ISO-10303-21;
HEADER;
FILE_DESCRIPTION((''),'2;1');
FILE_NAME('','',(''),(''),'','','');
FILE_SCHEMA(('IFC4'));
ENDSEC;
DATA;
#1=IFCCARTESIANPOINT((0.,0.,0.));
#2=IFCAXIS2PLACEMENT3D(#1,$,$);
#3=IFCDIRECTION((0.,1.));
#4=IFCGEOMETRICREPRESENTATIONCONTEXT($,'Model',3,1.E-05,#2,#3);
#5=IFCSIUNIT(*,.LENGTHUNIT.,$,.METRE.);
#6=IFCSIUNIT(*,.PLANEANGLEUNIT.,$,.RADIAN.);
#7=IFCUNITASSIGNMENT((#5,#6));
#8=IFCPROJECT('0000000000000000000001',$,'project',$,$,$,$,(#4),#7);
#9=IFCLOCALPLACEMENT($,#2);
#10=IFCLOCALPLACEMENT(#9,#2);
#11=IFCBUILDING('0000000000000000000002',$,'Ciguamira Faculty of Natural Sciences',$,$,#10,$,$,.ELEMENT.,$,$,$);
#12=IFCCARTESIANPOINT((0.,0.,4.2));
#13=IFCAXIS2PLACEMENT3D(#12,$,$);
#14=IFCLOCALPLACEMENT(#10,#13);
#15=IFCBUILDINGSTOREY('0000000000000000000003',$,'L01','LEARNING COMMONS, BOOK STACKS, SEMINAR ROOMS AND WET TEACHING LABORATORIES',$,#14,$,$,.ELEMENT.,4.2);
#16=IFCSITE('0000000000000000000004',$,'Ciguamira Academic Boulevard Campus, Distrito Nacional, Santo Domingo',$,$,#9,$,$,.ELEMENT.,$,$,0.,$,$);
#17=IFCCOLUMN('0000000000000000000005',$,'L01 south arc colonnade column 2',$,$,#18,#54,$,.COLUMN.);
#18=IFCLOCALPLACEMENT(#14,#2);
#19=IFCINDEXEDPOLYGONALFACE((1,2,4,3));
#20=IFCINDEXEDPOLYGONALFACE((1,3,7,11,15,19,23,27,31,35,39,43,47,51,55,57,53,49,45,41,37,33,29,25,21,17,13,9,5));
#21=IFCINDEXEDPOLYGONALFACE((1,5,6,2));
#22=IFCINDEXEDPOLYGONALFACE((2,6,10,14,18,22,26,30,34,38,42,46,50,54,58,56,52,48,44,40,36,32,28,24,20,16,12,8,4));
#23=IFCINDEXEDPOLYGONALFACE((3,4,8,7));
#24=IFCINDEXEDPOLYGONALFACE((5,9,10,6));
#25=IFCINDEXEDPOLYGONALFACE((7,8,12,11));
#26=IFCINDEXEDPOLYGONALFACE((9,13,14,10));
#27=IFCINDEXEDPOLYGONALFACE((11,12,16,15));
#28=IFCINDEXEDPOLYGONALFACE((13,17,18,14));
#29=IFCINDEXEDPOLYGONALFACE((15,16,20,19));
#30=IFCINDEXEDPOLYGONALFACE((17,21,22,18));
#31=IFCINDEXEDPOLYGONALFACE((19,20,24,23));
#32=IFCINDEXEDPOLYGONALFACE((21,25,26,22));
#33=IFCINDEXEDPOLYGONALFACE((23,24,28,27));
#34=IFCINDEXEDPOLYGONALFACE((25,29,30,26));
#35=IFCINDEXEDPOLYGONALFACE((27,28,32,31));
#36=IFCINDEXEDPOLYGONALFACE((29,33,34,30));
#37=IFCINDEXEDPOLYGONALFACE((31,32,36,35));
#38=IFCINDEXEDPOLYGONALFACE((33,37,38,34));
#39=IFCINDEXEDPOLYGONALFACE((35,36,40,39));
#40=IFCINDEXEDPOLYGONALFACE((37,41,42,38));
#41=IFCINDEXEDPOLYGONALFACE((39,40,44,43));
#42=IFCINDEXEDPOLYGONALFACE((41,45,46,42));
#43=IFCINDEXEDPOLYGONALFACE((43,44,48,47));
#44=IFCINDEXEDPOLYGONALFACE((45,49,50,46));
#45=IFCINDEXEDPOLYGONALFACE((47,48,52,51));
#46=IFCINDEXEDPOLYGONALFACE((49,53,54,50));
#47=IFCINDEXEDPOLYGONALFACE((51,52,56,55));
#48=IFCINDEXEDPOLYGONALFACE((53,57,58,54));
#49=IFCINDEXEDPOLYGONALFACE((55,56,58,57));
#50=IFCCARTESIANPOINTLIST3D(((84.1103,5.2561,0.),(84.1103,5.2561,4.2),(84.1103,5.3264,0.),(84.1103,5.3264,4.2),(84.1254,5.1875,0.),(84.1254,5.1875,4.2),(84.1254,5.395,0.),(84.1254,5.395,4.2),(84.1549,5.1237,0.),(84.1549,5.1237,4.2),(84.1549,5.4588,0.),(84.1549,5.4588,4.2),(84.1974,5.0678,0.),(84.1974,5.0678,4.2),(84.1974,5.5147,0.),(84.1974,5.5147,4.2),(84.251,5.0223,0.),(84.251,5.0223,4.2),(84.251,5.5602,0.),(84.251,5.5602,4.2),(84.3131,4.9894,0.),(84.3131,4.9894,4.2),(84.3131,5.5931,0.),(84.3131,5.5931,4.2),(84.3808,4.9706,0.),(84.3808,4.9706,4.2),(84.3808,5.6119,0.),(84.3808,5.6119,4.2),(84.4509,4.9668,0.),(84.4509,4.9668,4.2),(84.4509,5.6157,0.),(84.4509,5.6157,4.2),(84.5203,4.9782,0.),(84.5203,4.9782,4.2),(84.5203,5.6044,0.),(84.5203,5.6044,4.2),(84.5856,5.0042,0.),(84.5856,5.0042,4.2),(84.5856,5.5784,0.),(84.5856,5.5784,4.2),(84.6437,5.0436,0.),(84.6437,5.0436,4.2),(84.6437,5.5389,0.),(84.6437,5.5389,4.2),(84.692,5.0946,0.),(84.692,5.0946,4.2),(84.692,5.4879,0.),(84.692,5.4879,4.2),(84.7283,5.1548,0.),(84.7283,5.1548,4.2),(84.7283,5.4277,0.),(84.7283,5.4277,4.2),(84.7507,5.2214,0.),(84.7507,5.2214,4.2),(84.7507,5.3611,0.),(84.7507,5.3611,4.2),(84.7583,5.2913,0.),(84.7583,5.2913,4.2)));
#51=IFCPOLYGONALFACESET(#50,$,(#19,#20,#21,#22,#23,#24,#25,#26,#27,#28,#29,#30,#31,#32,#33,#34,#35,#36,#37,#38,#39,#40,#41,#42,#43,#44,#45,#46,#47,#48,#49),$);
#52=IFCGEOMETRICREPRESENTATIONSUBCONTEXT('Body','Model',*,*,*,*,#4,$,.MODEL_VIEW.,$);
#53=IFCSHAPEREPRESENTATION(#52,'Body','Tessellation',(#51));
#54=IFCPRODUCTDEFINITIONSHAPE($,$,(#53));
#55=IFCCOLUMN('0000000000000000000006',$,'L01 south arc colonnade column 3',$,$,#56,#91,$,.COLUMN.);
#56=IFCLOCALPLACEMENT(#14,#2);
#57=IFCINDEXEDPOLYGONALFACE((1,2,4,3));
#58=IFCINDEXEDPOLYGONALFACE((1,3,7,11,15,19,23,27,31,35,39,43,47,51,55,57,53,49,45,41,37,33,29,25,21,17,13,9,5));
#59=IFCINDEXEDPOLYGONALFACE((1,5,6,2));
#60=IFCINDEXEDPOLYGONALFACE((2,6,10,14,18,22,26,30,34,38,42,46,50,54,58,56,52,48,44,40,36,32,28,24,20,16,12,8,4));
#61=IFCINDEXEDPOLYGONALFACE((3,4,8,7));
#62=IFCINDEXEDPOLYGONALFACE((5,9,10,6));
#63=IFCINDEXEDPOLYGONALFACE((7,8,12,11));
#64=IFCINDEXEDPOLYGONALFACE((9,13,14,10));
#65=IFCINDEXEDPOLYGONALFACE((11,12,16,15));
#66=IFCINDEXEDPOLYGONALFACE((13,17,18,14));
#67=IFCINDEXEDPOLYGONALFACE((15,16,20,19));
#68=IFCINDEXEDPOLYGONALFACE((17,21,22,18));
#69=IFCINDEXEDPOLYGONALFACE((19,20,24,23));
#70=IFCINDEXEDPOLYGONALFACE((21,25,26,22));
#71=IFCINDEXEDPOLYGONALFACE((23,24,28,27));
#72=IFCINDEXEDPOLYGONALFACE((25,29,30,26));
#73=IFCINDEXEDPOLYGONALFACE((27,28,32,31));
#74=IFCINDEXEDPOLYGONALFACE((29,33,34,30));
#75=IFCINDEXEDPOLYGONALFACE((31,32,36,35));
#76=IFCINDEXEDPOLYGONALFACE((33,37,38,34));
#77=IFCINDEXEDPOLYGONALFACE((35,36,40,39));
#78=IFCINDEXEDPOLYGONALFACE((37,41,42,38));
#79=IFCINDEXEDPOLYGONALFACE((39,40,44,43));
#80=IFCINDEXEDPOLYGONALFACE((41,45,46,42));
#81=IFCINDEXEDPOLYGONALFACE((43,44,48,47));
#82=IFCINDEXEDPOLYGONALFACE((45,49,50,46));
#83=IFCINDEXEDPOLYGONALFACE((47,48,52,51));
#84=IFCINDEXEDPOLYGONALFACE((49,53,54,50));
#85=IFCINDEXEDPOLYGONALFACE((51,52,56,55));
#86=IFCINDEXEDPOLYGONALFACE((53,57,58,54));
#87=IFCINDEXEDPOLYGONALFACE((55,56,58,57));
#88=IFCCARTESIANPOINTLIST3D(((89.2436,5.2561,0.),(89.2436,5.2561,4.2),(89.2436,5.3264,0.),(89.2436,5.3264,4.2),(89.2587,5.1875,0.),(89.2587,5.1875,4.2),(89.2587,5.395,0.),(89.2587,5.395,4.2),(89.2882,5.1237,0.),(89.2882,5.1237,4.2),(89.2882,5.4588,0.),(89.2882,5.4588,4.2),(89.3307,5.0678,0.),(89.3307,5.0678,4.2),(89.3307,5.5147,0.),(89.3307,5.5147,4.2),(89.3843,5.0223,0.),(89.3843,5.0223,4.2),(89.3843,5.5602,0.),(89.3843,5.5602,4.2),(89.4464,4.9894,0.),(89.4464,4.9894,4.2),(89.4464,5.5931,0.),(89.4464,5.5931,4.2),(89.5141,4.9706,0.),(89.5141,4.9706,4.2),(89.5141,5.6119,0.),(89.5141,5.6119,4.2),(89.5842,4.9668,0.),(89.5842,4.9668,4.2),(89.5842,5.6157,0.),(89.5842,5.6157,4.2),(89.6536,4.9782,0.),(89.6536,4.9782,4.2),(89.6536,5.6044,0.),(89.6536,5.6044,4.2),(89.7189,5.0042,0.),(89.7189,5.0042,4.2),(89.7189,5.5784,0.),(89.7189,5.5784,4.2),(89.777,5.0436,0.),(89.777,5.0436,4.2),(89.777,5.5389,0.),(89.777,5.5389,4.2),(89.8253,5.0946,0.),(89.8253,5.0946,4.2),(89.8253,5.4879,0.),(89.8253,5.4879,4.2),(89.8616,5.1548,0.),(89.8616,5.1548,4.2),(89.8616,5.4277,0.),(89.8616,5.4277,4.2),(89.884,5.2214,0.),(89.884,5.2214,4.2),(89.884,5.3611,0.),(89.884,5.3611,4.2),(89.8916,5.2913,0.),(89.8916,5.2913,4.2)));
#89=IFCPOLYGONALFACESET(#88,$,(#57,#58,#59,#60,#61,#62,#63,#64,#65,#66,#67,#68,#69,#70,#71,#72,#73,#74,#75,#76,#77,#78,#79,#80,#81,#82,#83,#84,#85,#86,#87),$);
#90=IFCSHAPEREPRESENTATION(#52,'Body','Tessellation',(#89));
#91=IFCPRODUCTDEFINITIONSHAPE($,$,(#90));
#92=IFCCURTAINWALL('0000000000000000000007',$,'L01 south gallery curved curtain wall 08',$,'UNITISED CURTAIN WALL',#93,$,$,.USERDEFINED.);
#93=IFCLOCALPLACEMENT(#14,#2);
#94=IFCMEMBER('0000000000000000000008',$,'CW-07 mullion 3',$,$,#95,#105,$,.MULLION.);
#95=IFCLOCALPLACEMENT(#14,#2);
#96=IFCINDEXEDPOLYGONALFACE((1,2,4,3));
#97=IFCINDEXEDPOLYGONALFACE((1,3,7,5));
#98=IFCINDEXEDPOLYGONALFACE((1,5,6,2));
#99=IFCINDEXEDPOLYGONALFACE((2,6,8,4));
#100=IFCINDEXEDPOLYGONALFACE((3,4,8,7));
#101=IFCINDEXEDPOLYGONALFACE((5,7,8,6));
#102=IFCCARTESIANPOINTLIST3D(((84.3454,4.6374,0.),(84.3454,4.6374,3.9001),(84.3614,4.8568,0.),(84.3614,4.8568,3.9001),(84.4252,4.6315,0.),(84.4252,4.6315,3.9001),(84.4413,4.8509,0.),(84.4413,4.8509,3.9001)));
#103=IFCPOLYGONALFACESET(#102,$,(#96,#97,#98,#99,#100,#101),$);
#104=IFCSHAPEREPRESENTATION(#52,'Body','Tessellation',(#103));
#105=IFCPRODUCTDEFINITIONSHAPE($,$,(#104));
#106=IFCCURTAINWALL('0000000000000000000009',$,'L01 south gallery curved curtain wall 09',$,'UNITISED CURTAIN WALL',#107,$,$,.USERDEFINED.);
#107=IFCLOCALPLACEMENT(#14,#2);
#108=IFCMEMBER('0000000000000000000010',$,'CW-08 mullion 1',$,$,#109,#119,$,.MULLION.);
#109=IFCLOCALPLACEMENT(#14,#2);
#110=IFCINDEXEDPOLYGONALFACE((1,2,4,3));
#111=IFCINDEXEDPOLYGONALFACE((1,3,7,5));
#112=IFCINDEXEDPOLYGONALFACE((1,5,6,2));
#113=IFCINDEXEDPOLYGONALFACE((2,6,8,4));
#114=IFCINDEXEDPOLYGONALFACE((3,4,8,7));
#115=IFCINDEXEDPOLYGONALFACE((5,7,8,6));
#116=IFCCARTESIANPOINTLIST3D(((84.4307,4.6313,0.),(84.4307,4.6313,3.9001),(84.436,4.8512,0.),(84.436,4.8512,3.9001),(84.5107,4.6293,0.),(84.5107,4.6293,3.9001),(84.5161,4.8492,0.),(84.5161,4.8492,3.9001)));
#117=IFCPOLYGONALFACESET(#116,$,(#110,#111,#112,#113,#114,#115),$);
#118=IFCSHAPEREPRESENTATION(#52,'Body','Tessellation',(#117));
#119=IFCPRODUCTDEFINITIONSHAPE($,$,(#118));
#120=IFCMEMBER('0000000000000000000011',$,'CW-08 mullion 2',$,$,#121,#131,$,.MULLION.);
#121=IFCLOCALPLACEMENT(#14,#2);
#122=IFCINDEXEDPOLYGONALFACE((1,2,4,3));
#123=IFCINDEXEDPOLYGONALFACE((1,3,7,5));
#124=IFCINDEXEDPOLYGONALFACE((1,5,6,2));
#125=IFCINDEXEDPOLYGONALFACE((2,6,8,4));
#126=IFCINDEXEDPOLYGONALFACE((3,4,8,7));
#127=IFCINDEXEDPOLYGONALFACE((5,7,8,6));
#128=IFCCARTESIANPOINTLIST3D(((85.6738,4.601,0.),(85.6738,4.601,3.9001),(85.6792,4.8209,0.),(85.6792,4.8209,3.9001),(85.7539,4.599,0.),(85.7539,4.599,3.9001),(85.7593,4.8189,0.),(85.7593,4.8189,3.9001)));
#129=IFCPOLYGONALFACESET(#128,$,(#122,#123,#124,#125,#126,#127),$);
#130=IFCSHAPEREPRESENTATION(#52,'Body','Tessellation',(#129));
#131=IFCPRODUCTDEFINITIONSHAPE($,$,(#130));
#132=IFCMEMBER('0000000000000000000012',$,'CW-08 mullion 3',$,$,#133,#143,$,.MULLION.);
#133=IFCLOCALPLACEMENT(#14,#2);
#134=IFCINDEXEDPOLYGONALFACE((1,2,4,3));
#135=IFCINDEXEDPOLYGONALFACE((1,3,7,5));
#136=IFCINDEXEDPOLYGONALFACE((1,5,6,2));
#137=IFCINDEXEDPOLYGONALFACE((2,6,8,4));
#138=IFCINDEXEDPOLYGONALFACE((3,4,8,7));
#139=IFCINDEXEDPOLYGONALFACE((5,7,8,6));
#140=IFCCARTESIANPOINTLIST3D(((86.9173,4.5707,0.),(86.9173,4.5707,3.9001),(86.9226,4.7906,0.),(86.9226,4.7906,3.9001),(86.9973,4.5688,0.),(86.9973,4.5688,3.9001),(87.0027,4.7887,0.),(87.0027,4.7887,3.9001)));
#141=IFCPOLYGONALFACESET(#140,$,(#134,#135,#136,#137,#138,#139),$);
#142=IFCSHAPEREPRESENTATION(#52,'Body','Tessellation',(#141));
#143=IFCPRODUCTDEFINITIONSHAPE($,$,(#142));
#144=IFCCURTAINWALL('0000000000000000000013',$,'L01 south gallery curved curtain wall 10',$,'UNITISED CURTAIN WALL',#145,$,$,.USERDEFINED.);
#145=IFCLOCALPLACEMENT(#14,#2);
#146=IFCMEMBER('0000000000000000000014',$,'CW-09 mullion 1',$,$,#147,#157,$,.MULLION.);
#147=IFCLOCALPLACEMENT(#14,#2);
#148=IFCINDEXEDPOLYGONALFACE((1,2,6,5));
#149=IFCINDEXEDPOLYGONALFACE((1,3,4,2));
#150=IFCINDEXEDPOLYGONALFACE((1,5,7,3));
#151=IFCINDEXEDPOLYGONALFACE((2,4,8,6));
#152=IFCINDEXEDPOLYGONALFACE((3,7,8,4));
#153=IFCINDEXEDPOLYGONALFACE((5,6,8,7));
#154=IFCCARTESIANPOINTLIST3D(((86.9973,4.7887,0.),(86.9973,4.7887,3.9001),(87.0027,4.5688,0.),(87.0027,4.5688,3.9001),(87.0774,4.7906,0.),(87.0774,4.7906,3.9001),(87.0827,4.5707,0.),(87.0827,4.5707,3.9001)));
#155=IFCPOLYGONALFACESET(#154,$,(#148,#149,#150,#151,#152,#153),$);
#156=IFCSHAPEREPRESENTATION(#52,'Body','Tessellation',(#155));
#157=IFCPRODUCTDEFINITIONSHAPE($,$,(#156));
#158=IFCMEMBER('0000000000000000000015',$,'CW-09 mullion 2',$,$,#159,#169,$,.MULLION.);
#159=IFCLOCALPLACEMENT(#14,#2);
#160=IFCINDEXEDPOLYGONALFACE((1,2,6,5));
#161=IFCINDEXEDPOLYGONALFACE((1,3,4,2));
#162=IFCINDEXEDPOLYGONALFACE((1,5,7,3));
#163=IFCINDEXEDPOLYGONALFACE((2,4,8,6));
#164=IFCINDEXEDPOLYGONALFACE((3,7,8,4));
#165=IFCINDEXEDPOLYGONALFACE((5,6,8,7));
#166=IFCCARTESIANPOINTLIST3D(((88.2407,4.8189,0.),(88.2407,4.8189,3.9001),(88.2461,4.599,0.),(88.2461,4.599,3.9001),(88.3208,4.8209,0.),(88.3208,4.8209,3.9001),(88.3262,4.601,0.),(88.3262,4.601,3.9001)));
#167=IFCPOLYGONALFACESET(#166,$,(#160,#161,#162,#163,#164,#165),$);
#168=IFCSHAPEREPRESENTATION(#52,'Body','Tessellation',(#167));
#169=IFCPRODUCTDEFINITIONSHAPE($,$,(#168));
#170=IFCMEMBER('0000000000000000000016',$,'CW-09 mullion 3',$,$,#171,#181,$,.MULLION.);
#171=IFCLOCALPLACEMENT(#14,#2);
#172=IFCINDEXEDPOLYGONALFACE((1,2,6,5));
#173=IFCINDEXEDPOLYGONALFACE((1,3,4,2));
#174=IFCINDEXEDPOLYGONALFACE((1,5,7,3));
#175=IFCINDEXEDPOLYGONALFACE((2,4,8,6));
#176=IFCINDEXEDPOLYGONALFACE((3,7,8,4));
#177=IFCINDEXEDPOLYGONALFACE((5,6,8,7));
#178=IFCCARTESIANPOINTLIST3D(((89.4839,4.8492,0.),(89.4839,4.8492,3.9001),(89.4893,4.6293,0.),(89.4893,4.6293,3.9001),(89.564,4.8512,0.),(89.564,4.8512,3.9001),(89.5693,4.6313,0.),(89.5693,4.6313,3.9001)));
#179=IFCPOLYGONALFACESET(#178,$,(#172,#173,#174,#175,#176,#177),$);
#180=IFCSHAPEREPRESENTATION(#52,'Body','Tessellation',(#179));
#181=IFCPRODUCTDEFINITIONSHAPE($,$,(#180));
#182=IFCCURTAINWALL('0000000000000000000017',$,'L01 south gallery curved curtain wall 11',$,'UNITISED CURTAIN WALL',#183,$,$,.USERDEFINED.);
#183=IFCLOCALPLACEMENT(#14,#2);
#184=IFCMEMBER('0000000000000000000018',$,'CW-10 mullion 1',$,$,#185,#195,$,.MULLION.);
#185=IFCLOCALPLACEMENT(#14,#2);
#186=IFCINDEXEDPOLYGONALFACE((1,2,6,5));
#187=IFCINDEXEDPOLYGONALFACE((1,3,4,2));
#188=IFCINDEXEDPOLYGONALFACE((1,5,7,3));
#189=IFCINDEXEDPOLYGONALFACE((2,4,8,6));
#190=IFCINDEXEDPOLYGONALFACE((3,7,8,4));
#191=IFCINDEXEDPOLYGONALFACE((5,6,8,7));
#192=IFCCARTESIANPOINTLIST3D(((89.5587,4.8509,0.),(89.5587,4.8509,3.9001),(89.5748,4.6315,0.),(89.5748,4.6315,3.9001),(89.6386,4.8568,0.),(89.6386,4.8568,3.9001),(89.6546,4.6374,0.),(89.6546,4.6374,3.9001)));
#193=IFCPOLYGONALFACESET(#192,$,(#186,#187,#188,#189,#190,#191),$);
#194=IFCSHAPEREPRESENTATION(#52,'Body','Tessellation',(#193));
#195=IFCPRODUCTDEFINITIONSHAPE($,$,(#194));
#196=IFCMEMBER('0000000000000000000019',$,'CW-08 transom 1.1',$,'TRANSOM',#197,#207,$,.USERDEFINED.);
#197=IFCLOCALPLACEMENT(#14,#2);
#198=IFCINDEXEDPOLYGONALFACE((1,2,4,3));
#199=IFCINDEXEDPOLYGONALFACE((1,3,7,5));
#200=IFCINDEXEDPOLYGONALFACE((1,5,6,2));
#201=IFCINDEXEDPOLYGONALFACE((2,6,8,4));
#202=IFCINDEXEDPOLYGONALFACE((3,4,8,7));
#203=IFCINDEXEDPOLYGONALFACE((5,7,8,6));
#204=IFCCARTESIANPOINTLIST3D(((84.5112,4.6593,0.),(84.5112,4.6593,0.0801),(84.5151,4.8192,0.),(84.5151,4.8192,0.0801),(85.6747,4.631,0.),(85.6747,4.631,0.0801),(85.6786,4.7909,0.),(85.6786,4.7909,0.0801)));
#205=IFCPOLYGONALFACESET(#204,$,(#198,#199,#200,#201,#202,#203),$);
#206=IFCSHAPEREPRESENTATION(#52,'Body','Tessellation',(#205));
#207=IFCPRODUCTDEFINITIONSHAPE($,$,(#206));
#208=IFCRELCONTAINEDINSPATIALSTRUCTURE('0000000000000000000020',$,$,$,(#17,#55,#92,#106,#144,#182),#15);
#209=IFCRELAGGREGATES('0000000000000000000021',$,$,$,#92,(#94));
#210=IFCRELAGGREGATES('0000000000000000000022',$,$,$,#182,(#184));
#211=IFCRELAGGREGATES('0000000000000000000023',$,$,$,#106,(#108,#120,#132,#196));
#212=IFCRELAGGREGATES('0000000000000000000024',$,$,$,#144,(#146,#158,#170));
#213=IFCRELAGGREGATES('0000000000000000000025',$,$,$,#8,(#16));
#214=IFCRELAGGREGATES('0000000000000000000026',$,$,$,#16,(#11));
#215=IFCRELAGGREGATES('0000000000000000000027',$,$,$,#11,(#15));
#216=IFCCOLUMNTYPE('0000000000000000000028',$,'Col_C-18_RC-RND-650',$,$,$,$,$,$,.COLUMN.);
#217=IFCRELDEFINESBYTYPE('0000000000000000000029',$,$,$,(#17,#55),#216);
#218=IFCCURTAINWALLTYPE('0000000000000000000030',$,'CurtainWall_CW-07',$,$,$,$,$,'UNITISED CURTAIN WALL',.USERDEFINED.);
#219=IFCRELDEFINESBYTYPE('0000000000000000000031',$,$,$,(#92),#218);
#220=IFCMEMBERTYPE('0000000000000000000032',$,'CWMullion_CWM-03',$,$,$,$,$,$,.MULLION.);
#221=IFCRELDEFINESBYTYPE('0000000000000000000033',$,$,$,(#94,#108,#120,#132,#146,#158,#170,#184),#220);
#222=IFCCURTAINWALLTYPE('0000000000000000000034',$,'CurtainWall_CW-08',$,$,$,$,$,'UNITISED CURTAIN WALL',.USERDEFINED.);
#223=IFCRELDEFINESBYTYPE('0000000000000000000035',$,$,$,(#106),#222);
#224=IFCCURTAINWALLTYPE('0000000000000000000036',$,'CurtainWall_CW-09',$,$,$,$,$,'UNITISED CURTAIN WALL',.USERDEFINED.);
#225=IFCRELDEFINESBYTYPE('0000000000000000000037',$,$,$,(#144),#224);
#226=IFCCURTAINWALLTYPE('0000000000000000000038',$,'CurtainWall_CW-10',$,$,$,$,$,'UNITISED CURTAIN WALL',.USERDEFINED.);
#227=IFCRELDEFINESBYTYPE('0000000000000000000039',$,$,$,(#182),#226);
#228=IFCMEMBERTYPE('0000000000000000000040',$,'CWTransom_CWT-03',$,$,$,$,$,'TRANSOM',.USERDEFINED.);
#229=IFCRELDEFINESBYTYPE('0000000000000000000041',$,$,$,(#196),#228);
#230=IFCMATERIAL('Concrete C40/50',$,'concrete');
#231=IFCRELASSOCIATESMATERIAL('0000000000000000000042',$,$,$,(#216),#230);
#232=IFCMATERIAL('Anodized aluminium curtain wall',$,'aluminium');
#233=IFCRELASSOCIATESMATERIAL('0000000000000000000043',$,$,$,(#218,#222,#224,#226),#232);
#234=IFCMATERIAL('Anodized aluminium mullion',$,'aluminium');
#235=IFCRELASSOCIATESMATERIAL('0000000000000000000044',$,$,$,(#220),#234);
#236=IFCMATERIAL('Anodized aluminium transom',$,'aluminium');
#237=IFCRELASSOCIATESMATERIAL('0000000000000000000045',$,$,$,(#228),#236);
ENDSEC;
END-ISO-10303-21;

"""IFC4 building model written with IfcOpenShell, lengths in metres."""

from ifc_helpers import new_model, si_unit, direction, frame, origin, origin_2d, place, context, subcontext, project, spatial, rectangle, circle, extrude, material, material_profile, profile_set, type_object, element, aggregate, save


model = new_model("IFC4")

# Units and contexts
model_context = context("Model", 3, precision=1e-05, world=origin(), true_north=direction((0.0, 1.0)))
body_context = subcontext(model_context, "Body", "Model", "MODEL_VIEW")
ifc_project = project(units=[si_unit("LENGTHUNIT", "METRE"), si_unit("PLANEANGLEUNIT", "RADIAN")], contexts=[model_context])

# Site, building, storey
site_placement = place(None, origin())
site = spatial("IfcSite", under=ifc_project, at=site_placement, Name="Ciguamira Academic Boulevard Campus, Distrito Nacional, Santo Domingo", CompositionType="ELEMENT", RefElevation=0.0)
building_placement = place(site_placement, origin())
building = spatial("IfcBuilding", under=site, at=building_placement, Name="Ciguamira Faculty of Natural Sciences", CompositionType="ELEMENT")
storey_placement = place(building_placement, frame((0.0, 0.0, 4.2)))
storey = spatial("IfcBuildingStorey", under=building, at=storey_placement, Name="L01", Description="LEARNING COMMONS, BOOK STACKS, SEMINAR ROOMS AND WET TEACHING LABORATORIES", CompositionType="ELEMENT", Elevation=4.2)

# Columns
ifc_material_1 = material(Name="Concrete C40/50", Category="concrete")
ifc_material_profile_1 = material_profile(ifc_material_1, circle(Radius=0.325, at=origin_2d()), Name="RC-RND-650")
ifc_profile_set_1 = profile_set([ifc_material_profile_1], Name="Concrete C40/50")
column_type = type_object("IfcColumnType", Name="Col_C-18_RC-RND-650", PredefinedType="COLUMN", material=ifc_profile_set_1)
for number, where, z_axis, x_axis, name in (
    (1, (84.4333, 5.2913, 0.0), (0.0, 0.0, 1.0), (1.0, 0.0, 0.0), "L01 south arc colonnade column 2"),
    (2, (89.5667, 5.2913, 0.0), (0.0, 0.0, 1.0), (1.0, 0.0, 0.0), "L01 south arc colonnade column 3"),
):
    element("IfcColumn", number, at=place(storey_placement, frame(where, z_axis=z_axis, x_axis=x_axis)), inside=storey, type_object=column_type, Name=name, PredefinedType="COLUMN", context=body_context, shape_type="SweptSolid", body=[
        extrude(circle(Radius=0.325, at=origin_2d()), origin(), (0.0, 0.0, 1.0), 4.2),
    ])

# Curtain wall, member
ifc_material_2 = material(Name="Anodized aluminium curtain wall", Category="aluminium")
curtain_wall_type_1 = type_object("IfcCurtainWallType", Name="CurtainWall_CW-07", ElementType="UNITISED CURTAIN WALL", PredefinedType="USERDEFINED", material=ifc_material_2)
curtain_wall_1_placement = place(storey_placement, origin())
curtain_wall_1 = element("IfcCurtainWall", 3, at=curtain_wall_1_placement, inside=storey, type_object=curtain_wall_type_1, Name="L01 south gallery curved curtain wall 08", ObjectType="UNITISED CURTAIN WALL", PredefinedType="USERDEFINED")
ifc_material_3 = material(Name="Anodized aluminium mullion", Category="aluminium")
ifc_material_profile_2 = material_profile(ifc_material_3, rectangle(XDim=0.0801, YDim=0.22, at=origin_2d()), Name="ALU-MUL-80X220")
ifc_profile_set_2 = profile_set([ifc_material_profile_2], Name="Anodized aluminium mullion")
member_type_1 = type_object("IfcMemberType", Name="CWMullion_CWM-03", PredefinedType="MULLION", material=ifc_profile_set_2)
member_1_placement = place(storey_placement, frame((84.3933, 4.7441, 0.0), z_axis=(0.0, 0.0, 1.0), x_axis=(0.997337, -0.072937, 0.0)))
member_1 = element("IfcMember", 4, at=member_1_placement, type_object=member_type_1, Name="CW-07 mullion 3", PredefinedType="MULLION", context=body_context, shape_type="SweptSolid", body=[
    extrude(rectangle(XDim=0.0801, YDim=0.22, at=origin_2d()), origin(), (0.0, 0.0, 1.0), 3.9001),
])
aggregate(curtain_wall_1, [member_1])

# Curtain walls, members
curtain_wall_type_2 = type_object("IfcCurtainWallType", Name="CurtainWall_CW-08", ElementType="UNITISED CURTAIN WALL", PredefinedType="USERDEFINED", material=ifc_material_2)
curtain_wall_2_placement = place(storey_placement, origin())
curtain_wall_2 = element("IfcCurtainWall", 5, at=curtain_wall_2_placement, inside=storey, type_object=curtain_wall_type_2, Name="L01 south gallery curved curtain wall 09", ObjectType="UNITISED CURTAIN WALL", PredefinedType="USERDEFINED")
member_2_placement = place(storey_placement, frame((84.4734, 4.7402, 0.0), z_axis=(0.0, 0.0, 1.0), x_axis=(0.999704, -0.024343, 0.0)))
member_2 = element("IfcMember", 6, at=member_2_placement, type_object=member_type_1, Name="CW-08 mullion 1", PredefinedType="MULLION", context=body_context, shape_type="SweptSolid", body=[
    extrude(rectangle(XDim=0.0801, YDim=0.22, at=origin_2d()), origin(), (0.0, 0.0, 1.0), 3.9001),
])
member_3_placement = place(storey_placement, frame((85.7166, 4.71, 0.0), z_axis=(0.0, 0.0, 1.0), x_axis=(0.999704, -0.024343, 0.0)))
member_3 = element("IfcMember", 7, at=member_3_placement, type_object=member_type_1, Name="CW-08 mullion 2", PredefinedType="MULLION", context=body_context, shape_type="SweptSolid", body=[
    extrude(rectangle(XDim=0.0801, YDim=0.22, at=origin_2d()), origin(), (0.0, 0.0, 1.0), 3.9001),
])
member_4_placement = place(storey_placement, frame((86.96, 4.6797, 0.0), z_axis=(0.0, 0.0, 1.0), x_axis=(0.999704, -0.024343, 0.0)))
member_4 = element("IfcMember", 8, at=member_4_placement, type_object=member_type_1, Name="CW-08 mullion 3", PredefinedType="MULLION", context=body_context, shape_type="SweptSolid", body=[
    extrude(rectangle(XDim=0.0801, YDim=0.22, at=origin_2d()), origin(), (0.0, 0.0, 1.0), 3.9001),
])
curtain_wall_type_3 = type_object("IfcCurtainWallType", Name="CurtainWall_CW-09", ElementType="UNITISED CURTAIN WALL", PredefinedType="USERDEFINED", material=ifc_material_2)
curtain_wall_3_placement = place(storey_placement, origin())
curtain_wall_3 = element("IfcCurtainWall", 9, at=curtain_wall_3_placement, inside=storey, type_object=curtain_wall_type_3, Name="L01 south gallery curved curtain wall 10", ObjectType="UNITISED CURTAIN WALL", PredefinedType="USERDEFINED")
member_5_placement = place(storey_placement, frame((87.04, 4.6797, 0.0), z_axis=(0.0, 0.0, 1.0), x_axis=(0.999704, 0.024343, 0.0)))
member_5 = element("IfcMember", 10, at=member_5_placement, type_object=member_type_1, Name="CW-09 mullion 1", PredefinedType="MULLION", context=body_context, shape_type="SweptSolid", body=[
    extrude(rectangle(XDim=0.0801, YDim=0.22, at=origin_2d()), origin(), (0.0, 0.0, 1.0), 3.9001),
])
member_6_placement = place(storey_placement, frame((88.2834, 4.71, 0.0), z_axis=(0.0, 0.0, 1.0), x_axis=(0.999704, 0.024343, 0.0)))
member_6 = element("IfcMember", 11, at=member_6_placement, type_object=member_type_1, Name="CW-09 mullion 2", PredefinedType="MULLION", context=body_context, shape_type="SweptSolid", body=[
    extrude(rectangle(XDim=0.0801, YDim=0.22, at=origin_2d()), origin(), (0.0, 0.0, 1.0), 3.9001),
])
member_7_placement = place(storey_placement, frame((89.5266, 4.7402, 0.0), z_axis=(0.0, 0.0, 1.0), x_axis=(0.999704, 0.024343, 0.0)))
member_7 = element("IfcMember", 12, at=member_7_placement, type_object=member_type_1, Name="CW-09 mullion 3", PredefinedType="MULLION", context=body_context, shape_type="SweptSolid", body=[
    extrude(rectangle(XDim=0.0801, YDim=0.22, at=origin_2d()), origin(), (0.0, 0.0, 1.0), 3.9001),
])

# Curtain wall, member
curtain_wall_type_4 = type_object("IfcCurtainWallType", Name="CurtainWall_CW-10", ElementType="UNITISED CURTAIN WALL", PredefinedType="USERDEFINED", material=ifc_material_2)
curtain_wall_4_placement = place(storey_placement, origin())
curtain_wall_4 = element("IfcCurtainWall", 13, at=curtain_wall_4_placement, inside=storey, type_object=curtain_wall_type_4, Name="L01 south gallery curved curtain wall 11", ObjectType="UNITISED CURTAIN WALL", PredefinedType="USERDEFINED")
member_8_placement = place(storey_placement, frame((89.6067, 4.7441, 0.0), z_axis=(0.0, 0.0, 1.0), x_axis=(0.997337, 0.072937, 0.0)))
member_8 = element("IfcMember", 14, at=member_8_placement, type_object=member_type_1, Name="CW-10 mullion 1", PredefinedType="MULLION", context=body_context, shape_type="SweptSolid", body=[
    extrude(rectangle(XDim=0.0801, YDim=0.22, at=origin_2d()), origin(), (0.0, 0.0, 1.0), 3.9001),
])

# Member
ifc_material_4 = material(Name="Anodized aluminium transom", Category="aluminium")
ifc_material_profile_3 = material_profile(ifc_material_4, rectangle(XDim=0.0801, YDim=0.1599, at=origin_2d()), Name="ALU-TRN-80X160")
ifc_profile_set_3 = profile_set([ifc_material_profile_3], Name="Anodized aluminium transom")
member_type_2 = type_object("IfcMemberType", Name="CWTransom_CWT-03", ElementType="TRANSOM", PredefinedType="USERDEFINED", material=ifc_profile_set_3)
member_9_placement = place(storey_placement, frame((84.5132, 4.7393, 0.04), z_axis=(0.999704, -0.024332, 0.0), x_axis=(0.0, 0.0, 1.0)))
member_9 = element("IfcMember", 15, at=member_9_placement, type_object=member_type_2, Name="CW-08 transom 1.1", ObjectType="TRANSOM", PredefinedType="USERDEFINED", context=body_context, shape_type="SweptSolid", body=[
    extrude(rectangle(XDim=0.0801, YDim=0.1599, at=origin_2d()), origin(), (0.0, 0.0, 1.0), 1.1638),
])
aggregate(curtain_wall_4, [member_8])

aggregate(curtain_wall_2, [member_2, member_3, member_4, member_9])
aggregate(curtain_wall_3, [member_5, member_6, member_7])

save(model, "model.ifc")
